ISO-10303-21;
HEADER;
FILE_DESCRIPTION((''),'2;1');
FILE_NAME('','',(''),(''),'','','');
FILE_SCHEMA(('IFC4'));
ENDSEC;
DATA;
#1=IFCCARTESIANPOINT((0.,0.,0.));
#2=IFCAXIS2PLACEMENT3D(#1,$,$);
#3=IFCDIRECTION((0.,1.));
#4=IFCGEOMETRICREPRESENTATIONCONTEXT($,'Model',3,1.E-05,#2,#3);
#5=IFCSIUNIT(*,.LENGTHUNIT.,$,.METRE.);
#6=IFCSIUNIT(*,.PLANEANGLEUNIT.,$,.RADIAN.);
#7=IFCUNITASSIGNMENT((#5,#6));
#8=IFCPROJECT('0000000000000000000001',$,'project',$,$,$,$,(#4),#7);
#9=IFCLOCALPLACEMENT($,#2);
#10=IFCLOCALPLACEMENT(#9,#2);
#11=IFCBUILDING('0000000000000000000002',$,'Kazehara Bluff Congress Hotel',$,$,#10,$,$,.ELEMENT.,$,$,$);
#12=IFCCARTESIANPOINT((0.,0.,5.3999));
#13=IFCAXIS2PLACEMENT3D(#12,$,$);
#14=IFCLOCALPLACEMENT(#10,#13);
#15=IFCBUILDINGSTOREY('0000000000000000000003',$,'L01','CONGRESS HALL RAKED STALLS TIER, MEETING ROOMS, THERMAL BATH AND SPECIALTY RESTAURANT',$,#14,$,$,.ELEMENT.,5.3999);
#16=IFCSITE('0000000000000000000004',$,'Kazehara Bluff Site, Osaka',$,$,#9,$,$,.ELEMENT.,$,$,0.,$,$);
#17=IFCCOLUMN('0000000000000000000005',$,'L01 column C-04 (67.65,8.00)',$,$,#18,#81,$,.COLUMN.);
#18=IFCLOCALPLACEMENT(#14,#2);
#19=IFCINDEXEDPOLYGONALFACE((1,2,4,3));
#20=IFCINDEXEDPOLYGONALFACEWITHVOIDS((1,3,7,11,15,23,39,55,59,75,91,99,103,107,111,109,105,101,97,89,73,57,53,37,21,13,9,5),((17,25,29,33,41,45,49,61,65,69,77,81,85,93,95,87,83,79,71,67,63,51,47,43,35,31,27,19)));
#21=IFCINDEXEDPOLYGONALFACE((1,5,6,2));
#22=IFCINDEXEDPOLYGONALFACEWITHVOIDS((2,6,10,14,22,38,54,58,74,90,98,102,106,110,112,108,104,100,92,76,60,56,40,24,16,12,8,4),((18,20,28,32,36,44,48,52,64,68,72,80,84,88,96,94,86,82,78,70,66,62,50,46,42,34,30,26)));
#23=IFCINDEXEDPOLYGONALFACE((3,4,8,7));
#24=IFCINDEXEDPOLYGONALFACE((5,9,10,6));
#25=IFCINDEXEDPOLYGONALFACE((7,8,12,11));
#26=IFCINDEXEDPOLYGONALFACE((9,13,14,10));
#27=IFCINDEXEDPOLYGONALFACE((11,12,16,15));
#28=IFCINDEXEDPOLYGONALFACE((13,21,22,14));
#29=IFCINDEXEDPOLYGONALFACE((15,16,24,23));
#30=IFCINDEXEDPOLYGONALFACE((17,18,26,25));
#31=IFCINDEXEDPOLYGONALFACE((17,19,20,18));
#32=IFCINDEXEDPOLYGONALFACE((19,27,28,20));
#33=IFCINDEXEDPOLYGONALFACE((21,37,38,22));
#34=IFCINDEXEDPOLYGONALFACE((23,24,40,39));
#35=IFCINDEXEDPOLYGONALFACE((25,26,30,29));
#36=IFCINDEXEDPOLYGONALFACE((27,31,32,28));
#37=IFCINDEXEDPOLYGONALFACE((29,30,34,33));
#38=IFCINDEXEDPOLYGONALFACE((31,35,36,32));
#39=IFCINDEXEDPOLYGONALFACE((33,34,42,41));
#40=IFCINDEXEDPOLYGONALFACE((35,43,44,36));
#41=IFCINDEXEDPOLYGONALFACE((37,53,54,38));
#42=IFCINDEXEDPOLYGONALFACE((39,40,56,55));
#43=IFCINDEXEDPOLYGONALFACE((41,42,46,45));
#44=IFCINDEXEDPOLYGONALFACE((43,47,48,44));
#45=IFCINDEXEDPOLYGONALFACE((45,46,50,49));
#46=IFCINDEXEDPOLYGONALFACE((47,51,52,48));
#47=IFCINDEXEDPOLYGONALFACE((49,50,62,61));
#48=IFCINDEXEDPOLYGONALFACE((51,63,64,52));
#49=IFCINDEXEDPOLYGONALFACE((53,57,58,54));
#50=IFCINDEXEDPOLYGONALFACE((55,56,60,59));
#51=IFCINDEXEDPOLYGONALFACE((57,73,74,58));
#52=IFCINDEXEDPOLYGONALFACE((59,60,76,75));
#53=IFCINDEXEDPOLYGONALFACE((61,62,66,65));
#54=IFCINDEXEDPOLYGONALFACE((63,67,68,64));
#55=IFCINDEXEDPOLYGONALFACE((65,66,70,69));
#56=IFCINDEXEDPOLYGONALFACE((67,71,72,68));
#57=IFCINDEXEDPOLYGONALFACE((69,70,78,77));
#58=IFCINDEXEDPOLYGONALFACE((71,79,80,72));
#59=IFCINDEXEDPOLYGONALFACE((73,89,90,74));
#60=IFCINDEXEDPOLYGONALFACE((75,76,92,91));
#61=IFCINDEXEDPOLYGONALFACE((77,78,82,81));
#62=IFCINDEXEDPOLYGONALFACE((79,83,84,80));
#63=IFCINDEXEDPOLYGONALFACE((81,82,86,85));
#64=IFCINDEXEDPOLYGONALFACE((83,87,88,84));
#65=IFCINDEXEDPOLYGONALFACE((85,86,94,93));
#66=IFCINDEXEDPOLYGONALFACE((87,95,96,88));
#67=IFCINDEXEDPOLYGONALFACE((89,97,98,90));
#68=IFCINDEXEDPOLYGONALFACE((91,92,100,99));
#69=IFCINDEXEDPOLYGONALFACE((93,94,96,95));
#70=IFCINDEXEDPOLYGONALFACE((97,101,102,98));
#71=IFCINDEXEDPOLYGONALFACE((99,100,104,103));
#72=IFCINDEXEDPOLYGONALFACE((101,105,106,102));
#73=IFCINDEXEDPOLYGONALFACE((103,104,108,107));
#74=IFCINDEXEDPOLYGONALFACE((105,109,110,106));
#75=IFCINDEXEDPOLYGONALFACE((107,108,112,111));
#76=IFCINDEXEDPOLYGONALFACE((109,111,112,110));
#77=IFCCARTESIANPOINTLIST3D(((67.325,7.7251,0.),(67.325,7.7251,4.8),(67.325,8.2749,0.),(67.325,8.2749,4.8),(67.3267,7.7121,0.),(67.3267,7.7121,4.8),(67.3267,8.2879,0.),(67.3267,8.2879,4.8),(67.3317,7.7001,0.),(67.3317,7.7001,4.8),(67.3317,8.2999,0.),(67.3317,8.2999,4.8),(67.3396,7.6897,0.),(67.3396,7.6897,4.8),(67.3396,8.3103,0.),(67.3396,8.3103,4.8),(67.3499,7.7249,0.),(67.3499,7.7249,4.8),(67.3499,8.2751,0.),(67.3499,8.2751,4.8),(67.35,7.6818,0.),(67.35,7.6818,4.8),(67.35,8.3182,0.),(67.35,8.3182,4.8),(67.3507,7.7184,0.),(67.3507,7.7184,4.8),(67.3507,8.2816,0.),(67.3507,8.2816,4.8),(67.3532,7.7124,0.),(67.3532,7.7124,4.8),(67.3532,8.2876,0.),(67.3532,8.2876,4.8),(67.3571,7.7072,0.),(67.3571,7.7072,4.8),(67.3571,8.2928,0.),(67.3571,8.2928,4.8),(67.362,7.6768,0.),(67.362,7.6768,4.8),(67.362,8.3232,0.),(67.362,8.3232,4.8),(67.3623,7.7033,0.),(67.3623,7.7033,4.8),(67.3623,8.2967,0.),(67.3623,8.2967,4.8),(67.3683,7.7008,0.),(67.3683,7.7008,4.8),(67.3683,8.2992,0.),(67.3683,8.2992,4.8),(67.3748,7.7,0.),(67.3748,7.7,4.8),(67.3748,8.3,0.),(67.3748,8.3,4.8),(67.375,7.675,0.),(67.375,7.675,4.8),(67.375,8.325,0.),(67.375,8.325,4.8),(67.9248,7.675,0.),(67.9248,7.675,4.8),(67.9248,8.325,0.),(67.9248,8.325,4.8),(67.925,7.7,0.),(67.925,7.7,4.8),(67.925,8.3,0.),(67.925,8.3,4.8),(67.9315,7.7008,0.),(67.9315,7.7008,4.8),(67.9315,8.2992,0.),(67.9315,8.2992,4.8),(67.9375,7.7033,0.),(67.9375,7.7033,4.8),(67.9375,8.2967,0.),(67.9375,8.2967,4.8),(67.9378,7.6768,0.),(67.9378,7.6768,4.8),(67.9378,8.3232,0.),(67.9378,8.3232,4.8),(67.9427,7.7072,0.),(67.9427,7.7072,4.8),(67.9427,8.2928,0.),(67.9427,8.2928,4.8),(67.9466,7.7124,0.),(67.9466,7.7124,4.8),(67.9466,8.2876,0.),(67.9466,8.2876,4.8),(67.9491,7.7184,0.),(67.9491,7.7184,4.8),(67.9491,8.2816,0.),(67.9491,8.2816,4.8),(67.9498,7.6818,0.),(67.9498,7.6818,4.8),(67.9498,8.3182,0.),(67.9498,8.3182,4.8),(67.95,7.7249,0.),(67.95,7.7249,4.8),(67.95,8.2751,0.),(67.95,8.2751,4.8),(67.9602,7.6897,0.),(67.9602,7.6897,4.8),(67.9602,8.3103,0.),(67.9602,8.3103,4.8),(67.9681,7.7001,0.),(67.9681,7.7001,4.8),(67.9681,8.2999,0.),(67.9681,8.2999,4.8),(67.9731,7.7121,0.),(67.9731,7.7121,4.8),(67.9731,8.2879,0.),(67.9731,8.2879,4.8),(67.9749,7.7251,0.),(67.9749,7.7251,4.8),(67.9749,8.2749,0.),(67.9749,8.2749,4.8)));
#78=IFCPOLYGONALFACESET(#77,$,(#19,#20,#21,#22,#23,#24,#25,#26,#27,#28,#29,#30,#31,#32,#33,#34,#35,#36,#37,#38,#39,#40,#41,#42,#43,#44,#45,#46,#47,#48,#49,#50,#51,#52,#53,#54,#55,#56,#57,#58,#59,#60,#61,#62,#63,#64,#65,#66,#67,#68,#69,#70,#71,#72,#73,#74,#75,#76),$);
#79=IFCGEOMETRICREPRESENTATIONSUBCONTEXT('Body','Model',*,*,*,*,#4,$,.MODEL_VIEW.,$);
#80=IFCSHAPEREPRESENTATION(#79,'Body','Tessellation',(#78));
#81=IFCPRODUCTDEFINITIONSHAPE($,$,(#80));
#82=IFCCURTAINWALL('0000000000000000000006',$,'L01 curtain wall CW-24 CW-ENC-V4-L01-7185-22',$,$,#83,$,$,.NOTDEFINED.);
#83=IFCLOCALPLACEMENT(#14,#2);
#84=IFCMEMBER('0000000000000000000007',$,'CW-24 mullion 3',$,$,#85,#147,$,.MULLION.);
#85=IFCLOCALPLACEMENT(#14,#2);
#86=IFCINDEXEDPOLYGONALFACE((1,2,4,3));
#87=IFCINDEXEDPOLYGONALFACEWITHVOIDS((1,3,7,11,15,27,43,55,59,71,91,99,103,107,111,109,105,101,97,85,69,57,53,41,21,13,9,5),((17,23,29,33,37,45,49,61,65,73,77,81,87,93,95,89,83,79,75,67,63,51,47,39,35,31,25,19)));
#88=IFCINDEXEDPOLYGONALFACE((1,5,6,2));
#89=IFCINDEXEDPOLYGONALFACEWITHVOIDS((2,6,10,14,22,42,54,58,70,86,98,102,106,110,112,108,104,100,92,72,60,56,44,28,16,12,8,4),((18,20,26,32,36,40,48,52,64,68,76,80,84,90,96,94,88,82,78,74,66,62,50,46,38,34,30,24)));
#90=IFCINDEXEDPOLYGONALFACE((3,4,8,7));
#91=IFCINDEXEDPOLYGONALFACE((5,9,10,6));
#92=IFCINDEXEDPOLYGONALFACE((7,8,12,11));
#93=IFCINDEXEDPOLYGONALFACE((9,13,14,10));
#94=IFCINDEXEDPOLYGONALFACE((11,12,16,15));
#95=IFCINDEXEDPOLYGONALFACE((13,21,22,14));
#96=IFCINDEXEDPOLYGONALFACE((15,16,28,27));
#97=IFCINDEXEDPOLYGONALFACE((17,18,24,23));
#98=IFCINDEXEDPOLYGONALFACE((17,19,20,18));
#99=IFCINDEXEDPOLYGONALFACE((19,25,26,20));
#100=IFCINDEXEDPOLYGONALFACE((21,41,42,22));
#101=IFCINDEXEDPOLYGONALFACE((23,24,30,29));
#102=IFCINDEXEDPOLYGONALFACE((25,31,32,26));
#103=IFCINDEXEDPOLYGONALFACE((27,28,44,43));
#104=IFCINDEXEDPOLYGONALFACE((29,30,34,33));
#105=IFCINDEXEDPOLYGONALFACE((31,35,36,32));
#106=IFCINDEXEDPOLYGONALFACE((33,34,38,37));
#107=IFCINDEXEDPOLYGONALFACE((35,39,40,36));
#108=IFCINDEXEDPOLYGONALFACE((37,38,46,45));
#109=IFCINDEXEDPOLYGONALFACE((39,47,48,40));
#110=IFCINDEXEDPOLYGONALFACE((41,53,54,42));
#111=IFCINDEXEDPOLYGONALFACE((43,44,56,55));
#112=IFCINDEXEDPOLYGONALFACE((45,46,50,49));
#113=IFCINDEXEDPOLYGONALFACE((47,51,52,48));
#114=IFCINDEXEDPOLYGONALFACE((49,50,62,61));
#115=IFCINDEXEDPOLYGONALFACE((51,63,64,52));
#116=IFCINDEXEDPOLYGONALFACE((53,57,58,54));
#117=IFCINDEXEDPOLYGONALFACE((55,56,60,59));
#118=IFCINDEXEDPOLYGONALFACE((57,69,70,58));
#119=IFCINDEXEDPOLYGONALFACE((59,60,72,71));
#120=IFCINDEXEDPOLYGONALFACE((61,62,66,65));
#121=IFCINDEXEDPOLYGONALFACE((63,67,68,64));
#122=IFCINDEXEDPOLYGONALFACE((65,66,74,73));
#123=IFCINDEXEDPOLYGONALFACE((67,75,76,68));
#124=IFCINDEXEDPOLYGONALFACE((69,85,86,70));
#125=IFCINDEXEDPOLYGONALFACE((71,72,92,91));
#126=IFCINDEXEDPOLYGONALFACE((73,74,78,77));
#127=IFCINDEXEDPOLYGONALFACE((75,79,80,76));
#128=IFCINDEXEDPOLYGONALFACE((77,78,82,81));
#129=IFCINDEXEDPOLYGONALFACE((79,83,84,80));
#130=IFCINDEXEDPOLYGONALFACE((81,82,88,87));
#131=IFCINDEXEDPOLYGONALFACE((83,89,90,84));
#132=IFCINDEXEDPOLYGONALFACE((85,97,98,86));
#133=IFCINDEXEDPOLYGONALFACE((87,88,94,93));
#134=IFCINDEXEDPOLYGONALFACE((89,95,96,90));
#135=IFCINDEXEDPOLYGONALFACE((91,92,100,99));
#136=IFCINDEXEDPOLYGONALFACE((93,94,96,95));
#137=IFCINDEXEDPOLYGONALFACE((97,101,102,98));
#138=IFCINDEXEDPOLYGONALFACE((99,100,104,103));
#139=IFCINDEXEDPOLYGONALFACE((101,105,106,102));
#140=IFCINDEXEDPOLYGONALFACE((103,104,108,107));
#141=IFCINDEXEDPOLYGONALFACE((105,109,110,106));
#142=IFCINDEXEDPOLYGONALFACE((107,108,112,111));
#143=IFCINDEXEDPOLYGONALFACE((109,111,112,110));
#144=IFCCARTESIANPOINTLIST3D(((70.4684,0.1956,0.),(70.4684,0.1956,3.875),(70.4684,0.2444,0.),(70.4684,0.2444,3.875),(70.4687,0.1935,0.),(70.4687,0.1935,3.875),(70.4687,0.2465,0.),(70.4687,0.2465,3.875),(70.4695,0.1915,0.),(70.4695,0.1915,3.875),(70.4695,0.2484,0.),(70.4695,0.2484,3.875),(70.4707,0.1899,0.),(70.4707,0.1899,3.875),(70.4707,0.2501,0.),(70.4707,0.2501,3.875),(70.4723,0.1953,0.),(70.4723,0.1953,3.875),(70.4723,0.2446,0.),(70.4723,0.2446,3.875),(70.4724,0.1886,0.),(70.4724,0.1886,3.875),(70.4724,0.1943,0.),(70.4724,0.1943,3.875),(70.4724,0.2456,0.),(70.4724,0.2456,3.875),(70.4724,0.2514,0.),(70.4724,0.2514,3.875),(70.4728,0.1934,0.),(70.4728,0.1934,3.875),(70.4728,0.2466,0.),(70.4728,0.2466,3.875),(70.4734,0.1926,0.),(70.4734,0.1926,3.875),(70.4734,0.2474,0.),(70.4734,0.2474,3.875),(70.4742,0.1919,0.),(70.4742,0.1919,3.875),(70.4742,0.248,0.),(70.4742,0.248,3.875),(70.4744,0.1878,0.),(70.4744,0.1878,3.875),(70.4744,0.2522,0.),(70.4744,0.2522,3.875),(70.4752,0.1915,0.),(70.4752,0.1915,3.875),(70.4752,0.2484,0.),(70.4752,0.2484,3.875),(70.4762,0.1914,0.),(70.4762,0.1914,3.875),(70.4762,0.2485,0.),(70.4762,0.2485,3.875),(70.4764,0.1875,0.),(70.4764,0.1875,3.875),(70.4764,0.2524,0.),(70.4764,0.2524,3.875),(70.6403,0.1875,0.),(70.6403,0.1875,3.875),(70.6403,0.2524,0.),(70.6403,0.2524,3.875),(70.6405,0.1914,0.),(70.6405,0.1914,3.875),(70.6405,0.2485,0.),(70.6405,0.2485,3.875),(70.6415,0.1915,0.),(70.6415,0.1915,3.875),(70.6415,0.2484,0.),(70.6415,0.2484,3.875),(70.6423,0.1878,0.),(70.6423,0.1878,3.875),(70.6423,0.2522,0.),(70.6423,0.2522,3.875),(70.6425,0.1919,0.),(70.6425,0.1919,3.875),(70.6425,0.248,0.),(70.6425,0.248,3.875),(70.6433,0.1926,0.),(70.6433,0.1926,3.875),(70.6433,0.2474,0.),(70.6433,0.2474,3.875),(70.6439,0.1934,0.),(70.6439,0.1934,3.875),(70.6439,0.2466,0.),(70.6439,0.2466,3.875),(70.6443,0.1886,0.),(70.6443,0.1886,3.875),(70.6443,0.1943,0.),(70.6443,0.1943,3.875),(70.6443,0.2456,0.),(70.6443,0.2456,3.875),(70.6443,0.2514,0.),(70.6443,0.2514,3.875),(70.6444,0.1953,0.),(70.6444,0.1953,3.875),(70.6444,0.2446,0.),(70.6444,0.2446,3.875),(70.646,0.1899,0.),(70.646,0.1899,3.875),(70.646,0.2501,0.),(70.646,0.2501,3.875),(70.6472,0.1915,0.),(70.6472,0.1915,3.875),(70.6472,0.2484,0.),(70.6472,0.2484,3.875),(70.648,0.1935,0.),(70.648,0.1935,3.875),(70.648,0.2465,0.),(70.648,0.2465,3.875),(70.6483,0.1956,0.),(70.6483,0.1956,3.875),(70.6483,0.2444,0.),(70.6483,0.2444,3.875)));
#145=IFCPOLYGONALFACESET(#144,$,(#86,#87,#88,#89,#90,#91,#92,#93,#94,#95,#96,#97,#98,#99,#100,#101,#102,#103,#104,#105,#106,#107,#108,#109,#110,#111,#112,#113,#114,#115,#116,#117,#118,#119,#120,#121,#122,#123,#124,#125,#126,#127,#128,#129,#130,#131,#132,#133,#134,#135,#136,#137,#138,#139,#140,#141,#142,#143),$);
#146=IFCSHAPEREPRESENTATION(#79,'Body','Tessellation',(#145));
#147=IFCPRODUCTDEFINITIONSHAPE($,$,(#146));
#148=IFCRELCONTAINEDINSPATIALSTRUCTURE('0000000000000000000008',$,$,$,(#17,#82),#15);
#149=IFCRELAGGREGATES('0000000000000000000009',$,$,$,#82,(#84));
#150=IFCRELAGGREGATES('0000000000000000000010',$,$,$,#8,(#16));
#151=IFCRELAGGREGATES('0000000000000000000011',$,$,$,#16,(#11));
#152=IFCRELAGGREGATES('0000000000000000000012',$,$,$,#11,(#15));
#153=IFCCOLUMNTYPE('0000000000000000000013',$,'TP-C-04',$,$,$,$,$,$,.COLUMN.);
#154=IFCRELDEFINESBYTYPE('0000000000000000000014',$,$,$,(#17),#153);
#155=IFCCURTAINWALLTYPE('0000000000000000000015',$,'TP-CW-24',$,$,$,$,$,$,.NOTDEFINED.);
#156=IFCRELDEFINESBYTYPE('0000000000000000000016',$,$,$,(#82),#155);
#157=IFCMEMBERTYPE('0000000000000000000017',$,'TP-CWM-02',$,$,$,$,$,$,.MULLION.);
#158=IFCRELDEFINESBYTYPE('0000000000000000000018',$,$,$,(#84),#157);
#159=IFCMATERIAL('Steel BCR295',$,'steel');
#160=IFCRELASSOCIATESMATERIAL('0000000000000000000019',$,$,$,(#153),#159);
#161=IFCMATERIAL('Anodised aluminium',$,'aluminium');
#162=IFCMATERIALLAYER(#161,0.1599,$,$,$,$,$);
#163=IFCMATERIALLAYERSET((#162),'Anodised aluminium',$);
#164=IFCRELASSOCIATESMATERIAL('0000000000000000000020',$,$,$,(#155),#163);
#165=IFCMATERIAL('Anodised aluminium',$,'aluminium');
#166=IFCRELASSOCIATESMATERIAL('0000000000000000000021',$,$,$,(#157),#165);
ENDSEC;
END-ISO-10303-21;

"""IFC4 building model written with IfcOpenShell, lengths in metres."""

from ifc_helpers import new_model, si_unit, direction, frame, origin, origin_2d, place, context, subcontext, project, spatial, hollow_rectangle, extrude, material, layer, layer_set, material_profile, profile_set, type_object, element, aggregate, save


model = new_model("IFC4")

# Units and contexts
model_context = context("Model", 3, precision=1e-05, world=origin(), true_north=direction((0.0, 1.0)))
body_context = subcontext(model_context, "Body", "Model", "MODEL_VIEW")
ifc_project = project(units=[si_unit("LENGTHUNIT", "METRE"), si_unit("PLANEANGLEUNIT", "RADIAN")], contexts=[model_context])

# Site, building, storey
site_placement = place(None, origin())
site = spatial("IfcSite", under=ifc_project, at=site_placement, Name="Kazehara Bluff Site, Osaka", CompositionType="ELEMENT", RefElevation=0.0)
building_placement = place(site_placement, origin())
building = spatial("IfcBuilding", under=site, at=building_placement, Name="Kazehara Bluff Congress Hotel", CompositionType="ELEMENT")
storey_placement = place(building_placement, frame((0.0, 0.0, 5.3999)))
storey = spatial("IfcBuildingStorey", under=building, at=storey_placement, Name="L01", Description="CONGRESS HALL RAKED STALLS TIER, MEETING ROOMS, THERMAL BATH AND SPECIALTY RESTAURANT", CompositionType="ELEMENT", Elevation=5.3999)

# Column
ifc_material_1 = material(Name="Steel BCR295", Category="steel")
ifc_material_profile_1 = material_profile(ifc_material_1, hollow_rectangle(XDim=0.6499, YDim=0.6499, WallThickness=0.0249, InnerFilletRadius=0.0249, OuterFilletRadius=0.05, at=origin_2d()))
ifc_profile_set_1 = profile_set([ifc_material_profile_1], Name="Steel BCR295")
column_type = type_object("IfcColumnType", Name="TP-C-04", PredefinedType="COLUMN", material=ifc_profile_set_1)
for number, where, z_axis, x_axis, name in (
    (1, (67.6499, 8.0, 0.0), (0.0, 0.0, 1.0), (1.0, 0.0, 0.0), "L01 column C-04 (67.65,8.00)"),
):
    element("IfcColumn", number, at=place(storey_placement, frame(where, z_axis=z_axis, x_axis=x_axis)), inside=storey, type_object=column_type, Name=name, PredefinedType="COLUMN", context=body_context, shape_type="SweptSolid", body=[
        extrude(hollow_rectangle(XDim=0.6499, YDim=0.6499, WallThickness=0.0249, InnerFilletRadius=0.0249, OuterFilletRadius=0.05, at=origin_2d()), origin(), (0.0, 0.0, 1.0), 4.8),
    ])

# Curtain wall, member
ifc_material_2 = material(Name="Anodised aluminium", Category="aluminium")
ifc_layer_1 = layer(ifc_material_2, 0.1599)
ifc_layer_set_1 = layer_set([ifc_layer_1], Name="Anodised aluminium")
curtain_wall_type_1 = type_object("IfcCurtainWallType", Name="TP-CW-24", PredefinedType="NOTDEFINED", material=ifc_layer_set_1)
curtain_wall_1_placement = place(storey_placement, origin())
curtain_wall_1 = element("IfcCurtainWall", 2, at=curtain_wall_1_placement, inside=storey, type_object=curtain_wall_type_1, Name="L01 curtain wall CW-24 CW-ENC-V4-L01-7185-22", PredefinedType="NOTDEFINED")
ifc_material_3 = material(Name="Anodised aluminium", Category="aluminium")
ifc_material_profile_2 = material_profile(ifc_material_3, hollow_rectangle(XDim=0.0649, YDim=0.1799, WallThickness=0.0039, InnerFilletRadius=0.0039, OuterFilletRadius=0.0081, at=origin_2d()))
ifc_profile_set_2 = profile_set([ifc_material_profile_2], Name="Anodised aluminium")
member_type_1 = type_object("IfcMemberType", Name="TP-CWM-02", PredefinedType="MULLION", material=ifc_profile_set_2)
member_1_placement = place(storey_placement, frame((70.5583, 0.22, 0.0), z_axis=(0.0, 0.0, 1.0), x_axis=(0.0, -1.0, 0.0)))
member_1 = element("IfcMember", 3, at=member_1_placement, type_object=member_type_1, Name="CW-24 mullion 3", PredefinedType="MULLION", context=body_context, shape_type="SweptSolid", body=[
    extrude(hollow_rectangle(XDim=0.0649, YDim=0.1799, WallThickness=0.0039, InnerFilletRadius=0.0039, OuterFilletRadius=0.0081, at=origin_2d()), origin(), (0.0, 0.0, 1.0), 3.875),
])

aggregate(curtain_wall_1, [member_1])

save(model, "model.ifc")
